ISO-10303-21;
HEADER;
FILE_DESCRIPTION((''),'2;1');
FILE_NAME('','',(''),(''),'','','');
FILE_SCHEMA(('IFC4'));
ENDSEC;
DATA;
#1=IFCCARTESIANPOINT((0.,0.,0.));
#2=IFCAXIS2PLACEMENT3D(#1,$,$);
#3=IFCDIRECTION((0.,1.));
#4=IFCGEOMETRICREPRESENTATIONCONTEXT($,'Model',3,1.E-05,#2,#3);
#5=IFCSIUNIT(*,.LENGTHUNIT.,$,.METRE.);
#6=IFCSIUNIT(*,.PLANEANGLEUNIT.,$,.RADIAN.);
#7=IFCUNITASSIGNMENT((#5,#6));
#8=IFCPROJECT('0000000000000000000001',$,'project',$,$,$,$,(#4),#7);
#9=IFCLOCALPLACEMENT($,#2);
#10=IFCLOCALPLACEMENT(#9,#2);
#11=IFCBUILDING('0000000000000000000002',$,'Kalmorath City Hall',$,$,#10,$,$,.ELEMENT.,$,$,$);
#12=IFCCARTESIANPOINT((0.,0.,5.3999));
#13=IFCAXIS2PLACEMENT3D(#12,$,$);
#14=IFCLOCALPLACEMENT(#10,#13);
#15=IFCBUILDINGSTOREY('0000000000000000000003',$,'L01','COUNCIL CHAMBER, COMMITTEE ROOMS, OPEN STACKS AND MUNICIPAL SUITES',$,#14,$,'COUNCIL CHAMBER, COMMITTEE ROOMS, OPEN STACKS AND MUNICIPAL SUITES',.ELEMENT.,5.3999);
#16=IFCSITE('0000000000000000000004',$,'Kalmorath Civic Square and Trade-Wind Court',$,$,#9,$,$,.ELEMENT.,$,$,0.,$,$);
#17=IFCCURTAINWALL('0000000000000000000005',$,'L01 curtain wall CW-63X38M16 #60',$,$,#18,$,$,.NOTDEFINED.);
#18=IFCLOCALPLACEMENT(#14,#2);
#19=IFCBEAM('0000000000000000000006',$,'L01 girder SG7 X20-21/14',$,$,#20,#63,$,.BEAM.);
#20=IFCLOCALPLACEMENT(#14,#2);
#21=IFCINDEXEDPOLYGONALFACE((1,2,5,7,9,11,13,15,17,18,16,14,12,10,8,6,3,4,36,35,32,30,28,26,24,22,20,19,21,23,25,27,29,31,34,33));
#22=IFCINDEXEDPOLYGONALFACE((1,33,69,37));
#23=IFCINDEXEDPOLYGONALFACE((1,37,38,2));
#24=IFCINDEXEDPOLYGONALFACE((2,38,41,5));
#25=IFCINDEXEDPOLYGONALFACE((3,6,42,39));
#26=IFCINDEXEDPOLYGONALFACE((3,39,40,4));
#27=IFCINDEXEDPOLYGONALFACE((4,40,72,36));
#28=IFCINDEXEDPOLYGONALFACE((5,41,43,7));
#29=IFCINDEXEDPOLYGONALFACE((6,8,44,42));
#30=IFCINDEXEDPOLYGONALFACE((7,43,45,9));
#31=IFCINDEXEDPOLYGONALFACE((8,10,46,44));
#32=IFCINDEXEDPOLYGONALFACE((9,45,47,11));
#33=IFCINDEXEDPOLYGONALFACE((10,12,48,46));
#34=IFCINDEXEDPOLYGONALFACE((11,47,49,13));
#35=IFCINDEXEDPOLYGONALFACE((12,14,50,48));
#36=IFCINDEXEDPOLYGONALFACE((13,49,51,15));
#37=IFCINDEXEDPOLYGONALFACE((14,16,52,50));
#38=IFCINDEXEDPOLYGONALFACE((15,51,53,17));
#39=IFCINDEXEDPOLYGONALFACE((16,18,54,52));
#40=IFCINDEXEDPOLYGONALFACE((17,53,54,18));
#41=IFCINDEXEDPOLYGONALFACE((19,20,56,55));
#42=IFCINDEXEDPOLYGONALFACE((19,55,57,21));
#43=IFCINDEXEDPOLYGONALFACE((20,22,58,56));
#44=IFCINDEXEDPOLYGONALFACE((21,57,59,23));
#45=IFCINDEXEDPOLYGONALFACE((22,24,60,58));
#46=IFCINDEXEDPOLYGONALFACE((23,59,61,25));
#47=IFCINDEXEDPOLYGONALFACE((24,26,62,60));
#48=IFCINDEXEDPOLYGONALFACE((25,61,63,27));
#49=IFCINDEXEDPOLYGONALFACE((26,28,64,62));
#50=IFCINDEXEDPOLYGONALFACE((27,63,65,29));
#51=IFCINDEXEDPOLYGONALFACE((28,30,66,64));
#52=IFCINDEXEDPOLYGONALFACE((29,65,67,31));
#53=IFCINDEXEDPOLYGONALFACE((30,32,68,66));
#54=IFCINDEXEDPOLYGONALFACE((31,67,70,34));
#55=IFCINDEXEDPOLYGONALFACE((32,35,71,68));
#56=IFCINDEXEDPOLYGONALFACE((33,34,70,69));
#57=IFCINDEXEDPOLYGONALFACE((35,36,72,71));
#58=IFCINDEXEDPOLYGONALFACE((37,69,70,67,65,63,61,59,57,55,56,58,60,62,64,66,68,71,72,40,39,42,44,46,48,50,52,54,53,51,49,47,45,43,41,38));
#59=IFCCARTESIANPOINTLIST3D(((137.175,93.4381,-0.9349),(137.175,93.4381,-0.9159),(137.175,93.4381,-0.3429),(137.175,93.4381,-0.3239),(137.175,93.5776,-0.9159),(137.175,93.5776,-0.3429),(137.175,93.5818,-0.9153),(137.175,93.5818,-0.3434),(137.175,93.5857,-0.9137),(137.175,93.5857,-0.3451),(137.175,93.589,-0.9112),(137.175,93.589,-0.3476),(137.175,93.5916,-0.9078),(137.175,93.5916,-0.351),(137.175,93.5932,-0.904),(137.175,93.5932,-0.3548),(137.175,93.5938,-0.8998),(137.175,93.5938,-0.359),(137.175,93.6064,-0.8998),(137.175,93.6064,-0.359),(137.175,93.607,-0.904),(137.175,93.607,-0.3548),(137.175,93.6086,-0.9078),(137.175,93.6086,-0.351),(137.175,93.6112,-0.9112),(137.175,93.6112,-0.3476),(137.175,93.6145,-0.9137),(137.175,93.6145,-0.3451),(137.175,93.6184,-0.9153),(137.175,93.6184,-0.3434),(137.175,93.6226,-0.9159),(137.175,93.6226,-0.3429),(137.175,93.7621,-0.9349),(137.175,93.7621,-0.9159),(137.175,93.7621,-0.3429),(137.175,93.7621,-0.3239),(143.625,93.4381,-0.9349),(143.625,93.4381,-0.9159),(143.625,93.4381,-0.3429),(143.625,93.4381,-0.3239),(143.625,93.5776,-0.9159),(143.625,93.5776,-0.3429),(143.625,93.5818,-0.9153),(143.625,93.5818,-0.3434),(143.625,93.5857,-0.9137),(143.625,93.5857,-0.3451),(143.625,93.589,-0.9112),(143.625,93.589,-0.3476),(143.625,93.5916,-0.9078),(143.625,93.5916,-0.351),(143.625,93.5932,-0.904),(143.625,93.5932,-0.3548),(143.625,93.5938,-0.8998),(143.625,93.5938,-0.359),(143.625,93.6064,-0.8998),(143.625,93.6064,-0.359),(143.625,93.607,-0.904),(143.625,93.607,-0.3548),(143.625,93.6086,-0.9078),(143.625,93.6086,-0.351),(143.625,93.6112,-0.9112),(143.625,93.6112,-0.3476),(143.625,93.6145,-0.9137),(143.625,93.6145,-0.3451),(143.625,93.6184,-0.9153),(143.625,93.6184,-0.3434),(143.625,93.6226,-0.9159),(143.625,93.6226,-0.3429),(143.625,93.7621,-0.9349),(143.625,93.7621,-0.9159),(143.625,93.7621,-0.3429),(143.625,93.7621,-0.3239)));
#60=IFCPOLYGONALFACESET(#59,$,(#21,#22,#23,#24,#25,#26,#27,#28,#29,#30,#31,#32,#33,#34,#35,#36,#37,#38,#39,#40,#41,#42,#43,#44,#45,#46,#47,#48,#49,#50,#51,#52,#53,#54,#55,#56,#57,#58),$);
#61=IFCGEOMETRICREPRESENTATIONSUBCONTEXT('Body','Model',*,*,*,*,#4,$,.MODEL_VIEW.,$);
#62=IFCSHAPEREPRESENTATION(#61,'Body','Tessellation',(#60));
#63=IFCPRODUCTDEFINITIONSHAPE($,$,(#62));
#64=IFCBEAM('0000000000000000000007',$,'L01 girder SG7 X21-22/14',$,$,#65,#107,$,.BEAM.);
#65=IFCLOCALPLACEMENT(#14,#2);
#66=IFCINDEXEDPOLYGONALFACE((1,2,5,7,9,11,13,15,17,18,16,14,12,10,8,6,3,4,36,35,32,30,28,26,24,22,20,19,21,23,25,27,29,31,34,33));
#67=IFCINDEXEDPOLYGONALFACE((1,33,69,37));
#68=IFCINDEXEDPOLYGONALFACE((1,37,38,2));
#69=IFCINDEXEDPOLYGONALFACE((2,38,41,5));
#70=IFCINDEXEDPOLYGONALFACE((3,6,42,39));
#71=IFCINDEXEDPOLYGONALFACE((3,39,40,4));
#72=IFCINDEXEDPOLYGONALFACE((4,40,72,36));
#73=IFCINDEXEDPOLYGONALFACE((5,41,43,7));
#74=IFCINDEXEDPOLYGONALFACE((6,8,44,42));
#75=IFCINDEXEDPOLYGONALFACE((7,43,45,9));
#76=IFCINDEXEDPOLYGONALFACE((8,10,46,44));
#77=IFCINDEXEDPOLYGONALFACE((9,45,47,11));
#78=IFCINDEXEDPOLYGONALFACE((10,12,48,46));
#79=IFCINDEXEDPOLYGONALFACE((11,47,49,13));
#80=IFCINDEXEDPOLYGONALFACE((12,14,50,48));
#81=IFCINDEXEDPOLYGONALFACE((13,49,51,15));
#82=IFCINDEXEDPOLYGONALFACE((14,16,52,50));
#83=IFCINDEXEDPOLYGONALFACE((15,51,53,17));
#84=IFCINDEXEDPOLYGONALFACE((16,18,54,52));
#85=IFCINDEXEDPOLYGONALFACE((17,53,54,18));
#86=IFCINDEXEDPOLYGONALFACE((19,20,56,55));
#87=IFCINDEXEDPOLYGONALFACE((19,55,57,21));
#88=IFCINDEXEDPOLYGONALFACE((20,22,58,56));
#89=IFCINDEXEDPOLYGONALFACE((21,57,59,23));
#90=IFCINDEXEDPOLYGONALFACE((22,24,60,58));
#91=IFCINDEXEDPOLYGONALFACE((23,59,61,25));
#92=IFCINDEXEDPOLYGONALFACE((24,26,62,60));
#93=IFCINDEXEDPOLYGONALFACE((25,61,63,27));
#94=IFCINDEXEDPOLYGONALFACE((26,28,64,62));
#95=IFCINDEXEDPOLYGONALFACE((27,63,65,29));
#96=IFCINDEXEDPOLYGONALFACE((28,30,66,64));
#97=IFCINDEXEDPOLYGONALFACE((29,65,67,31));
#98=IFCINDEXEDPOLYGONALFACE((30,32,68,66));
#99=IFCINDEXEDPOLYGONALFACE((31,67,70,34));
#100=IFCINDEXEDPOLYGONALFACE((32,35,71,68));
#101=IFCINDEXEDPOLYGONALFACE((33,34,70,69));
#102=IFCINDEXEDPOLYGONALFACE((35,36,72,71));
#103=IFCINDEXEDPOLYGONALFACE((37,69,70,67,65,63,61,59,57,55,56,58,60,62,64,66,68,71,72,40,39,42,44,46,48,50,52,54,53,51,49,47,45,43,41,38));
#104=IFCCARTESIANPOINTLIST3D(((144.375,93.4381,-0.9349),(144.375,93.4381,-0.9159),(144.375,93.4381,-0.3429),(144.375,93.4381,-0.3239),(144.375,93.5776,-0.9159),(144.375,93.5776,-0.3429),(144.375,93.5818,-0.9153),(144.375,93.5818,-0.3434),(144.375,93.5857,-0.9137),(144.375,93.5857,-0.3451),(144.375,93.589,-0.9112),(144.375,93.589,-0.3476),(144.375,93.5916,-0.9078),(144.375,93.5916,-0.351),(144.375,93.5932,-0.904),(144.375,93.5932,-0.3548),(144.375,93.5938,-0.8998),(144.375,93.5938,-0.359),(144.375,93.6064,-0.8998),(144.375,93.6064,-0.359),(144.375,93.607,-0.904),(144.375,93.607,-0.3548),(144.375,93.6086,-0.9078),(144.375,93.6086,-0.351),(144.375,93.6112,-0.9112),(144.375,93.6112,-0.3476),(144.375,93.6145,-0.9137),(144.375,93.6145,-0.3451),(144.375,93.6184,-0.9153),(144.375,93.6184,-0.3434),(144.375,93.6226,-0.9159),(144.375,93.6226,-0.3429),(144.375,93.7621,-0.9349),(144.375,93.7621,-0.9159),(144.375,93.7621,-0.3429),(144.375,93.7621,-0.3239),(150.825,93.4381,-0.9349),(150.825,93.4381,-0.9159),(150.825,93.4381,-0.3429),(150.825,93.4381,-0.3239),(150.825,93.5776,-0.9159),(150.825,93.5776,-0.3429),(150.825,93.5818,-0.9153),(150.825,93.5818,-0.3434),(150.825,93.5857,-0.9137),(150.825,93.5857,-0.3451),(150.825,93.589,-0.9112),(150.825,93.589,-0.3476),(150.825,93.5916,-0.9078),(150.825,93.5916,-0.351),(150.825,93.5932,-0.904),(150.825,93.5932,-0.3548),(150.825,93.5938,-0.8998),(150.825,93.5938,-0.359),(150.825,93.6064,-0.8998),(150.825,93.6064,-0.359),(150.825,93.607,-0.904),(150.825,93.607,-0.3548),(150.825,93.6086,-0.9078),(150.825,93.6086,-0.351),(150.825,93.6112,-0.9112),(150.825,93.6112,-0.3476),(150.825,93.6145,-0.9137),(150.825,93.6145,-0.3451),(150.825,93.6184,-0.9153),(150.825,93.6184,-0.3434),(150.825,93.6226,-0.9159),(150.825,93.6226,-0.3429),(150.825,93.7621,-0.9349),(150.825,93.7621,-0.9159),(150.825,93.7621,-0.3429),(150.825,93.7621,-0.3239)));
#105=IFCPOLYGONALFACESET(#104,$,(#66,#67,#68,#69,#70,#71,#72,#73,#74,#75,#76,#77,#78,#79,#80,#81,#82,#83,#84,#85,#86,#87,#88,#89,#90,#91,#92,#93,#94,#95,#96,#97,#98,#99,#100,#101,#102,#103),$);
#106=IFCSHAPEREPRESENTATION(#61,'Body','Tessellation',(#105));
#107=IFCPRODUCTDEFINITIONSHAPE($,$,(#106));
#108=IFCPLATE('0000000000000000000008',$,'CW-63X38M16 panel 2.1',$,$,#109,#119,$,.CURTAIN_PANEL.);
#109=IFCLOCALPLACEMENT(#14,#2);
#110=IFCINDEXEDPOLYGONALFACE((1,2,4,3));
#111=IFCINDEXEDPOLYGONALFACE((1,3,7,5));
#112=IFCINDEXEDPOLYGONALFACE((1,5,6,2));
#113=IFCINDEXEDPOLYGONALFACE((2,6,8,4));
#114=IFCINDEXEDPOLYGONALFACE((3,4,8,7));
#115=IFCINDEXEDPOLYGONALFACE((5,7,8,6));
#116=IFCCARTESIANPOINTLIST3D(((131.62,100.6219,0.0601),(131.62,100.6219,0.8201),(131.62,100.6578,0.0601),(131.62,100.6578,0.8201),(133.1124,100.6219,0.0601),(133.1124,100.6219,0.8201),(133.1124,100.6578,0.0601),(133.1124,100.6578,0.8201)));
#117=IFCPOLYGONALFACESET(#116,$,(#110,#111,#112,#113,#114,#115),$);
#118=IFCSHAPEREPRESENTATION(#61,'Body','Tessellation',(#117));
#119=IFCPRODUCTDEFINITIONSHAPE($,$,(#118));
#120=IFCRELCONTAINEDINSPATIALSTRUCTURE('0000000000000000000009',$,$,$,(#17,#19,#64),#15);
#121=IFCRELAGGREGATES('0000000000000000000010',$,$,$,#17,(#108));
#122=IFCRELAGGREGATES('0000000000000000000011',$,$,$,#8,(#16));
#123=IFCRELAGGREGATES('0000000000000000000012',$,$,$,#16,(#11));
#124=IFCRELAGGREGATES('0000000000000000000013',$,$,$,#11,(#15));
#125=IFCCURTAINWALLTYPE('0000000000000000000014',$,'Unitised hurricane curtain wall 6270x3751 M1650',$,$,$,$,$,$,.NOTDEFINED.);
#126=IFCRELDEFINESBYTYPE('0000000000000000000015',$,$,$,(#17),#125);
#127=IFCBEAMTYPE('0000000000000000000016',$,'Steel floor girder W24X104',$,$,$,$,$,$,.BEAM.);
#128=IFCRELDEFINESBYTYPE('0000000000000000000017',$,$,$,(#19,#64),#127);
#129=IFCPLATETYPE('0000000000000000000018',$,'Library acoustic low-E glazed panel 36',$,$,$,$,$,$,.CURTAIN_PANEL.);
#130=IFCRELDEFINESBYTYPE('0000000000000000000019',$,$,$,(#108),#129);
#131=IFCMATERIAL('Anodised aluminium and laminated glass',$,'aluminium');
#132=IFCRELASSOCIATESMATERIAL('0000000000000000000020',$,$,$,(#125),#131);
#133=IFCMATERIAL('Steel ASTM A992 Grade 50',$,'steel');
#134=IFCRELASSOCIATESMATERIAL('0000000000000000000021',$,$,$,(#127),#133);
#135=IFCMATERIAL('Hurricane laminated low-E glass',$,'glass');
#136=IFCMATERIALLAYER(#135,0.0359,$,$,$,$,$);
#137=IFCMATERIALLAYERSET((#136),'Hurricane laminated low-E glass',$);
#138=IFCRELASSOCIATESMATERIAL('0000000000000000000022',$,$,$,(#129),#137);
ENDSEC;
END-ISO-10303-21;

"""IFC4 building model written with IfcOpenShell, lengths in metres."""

from ifc_helpers import new_model, si_unit, direction, frame, origin, origin_2d, place, context, subcontext, project, spatial, rectangle, i_section, extrude, material, layer, layer_set, material_profile, profile_set, type_object, element, aggregate, save


model = new_model("IFC4")

# Units and contexts
model_context = context("Model", 3, precision=1e-05, world=origin(), true_north=direction((0.0, 1.0)))
body_context = subcontext(model_context, "Body", "Model", "MODEL_VIEW")
ifc_project = project(units=[si_unit("LENGTHUNIT", "METRE"), si_unit("PLANEANGLEUNIT", "RADIAN")], contexts=[model_context])

# Site, building, storey
site_placement = place(None, origin())
site = spatial("IfcSite", under=ifc_project, at=site_placement, Name="Kalmorath Civic Square and Trade-Wind Court", CompositionType="ELEMENT", RefElevation=0.0)
building_placement = place(site_placement, origin())
building = spatial("IfcBuilding", under=site, at=building_placement, Name="Kalmorath City Hall", CompositionType="ELEMENT")
storey_placement = place(building_placement, frame((0.0, 0.0, 5.3999)))
storey = spatial("IfcBuildingStorey", under=building, at=storey_placement, Name="L01", Description="COUNCIL CHAMBER, COMMITTEE ROOMS, OPEN STACKS AND MUNICIPAL SUITES", LongName="COUNCIL CHAMBER, COMMITTEE ROOMS, OPEN STACKS AND MUNICIPAL SUITES", CompositionType="ELEMENT", Elevation=5.3999)

# Curtain wall
ifc_material_1 = material(Name="Anodised aluminium and laminated glass", Category="aluminium")
curtain_wall_type = type_object("IfcCurtainWallType", Name="Unitised hurricane curtain wall 6270x3751 M1650", PredefinedType="NOTDEFINED", material=ifc_material_1)
curtain_wall_placement = place(storey_placement, origin())
curtain_wall = element("IfcCurtainWall", 1, at=curtain_wall_placement, inside=storey, type_object=curtain_wall_type, Name="L01 curtain wall CW-63X38M16 #60", PredefinedType="NOTDEFINED")

# Beams
ifc_material_2 = material(Name="Steel ASTM A992 Grade 50", Category="steel")
ifc_material_profile_1 = material_profile(ifc_material_2, i_section(OverallWidth=0.324, OverallDepth=0.6111, WebThickness=0.0127, FlangeThickness=0.019, FilletRadius=0.0161, at=origin_2d()), Name="W24X104")
ifc_profile_set_1 = profile_set([ifc_material_profile_1], Name="Steel ASTM A992 Grade 50")
beam_type_1 = type_object("IfcBeamType", Name="Steel floor girder W24X104", PredefinedType="BEAM", material=ifc_profile_set_1)
for number, where, z_axis, x_axis, name in (
    (2, (137.175, 93.6001, -0.6294), (1.0, 0.0, 0.0), (0.0, 1.0, 0.0), "L01 girder SG7 X20-21/14"),
    (3, (144.375, 93.6001, -0.6294), (1.0, 0.0, 0.0), (0.0, 1.0, 0.0), "L01 girder SG7 X21-22/14"),
):
    element("IfcBeam", number, at=place(storey_placement, frame(where, z_axis=z_axis, x_axis=x_axis)), inside=storey, type_object=beam_type_1, Name=name, PredefinedType="BEAM", context=body_context, shape_type="SweptSolid", body=[
        extrude(i_section(OverallWidth=0.324, OverallDepth=0.6111, WebThickness=0.0127, FlangeThickness=0.019, FilletRadius=0.0161, at=origin_2d()), origin(), (0.0, 0.0, 1.0), 6.45),
    ])

# Plate
ifc_material_3 = material(Name="Hurricane laminated low-E glass", Category="glass")
ifc_layer = layer(ifc_material_3, 0.0359)
ifc_layer_set = layer_set([ifc_layer], Name="Hurricane laminated low-E glass")
plate_type = type_object("IfcPlateType", Name="Library acoustic low-E glazed panel 36", PredefinedType="CURTAIN_PANEL", material=ifc_layer_set)
plate_placement = place(storey_placement, frame((132.3662, 100.6399, 0.0601), z_axis=(0.0, 0.0, 1.0), x_axis=(1.0, 0.0, 0.0)))
plate = element("IfcPlate", 4, at=plate_placement, type_object=plate_type, Name="CW-63X38M16 panel 2.1", PredefinedType="CURTAIN_PANEL", context=body_context, shape_type="SweptSolid", body=[
    extrude(rectangle(XDim=1.4924, YDim=0.0359, at=origin_2d()), origin(), (0.0, 0.0, 1.0), 0.76),
])
aggregate(curtain_wall, [plate])

save(model, "model.ifc")
